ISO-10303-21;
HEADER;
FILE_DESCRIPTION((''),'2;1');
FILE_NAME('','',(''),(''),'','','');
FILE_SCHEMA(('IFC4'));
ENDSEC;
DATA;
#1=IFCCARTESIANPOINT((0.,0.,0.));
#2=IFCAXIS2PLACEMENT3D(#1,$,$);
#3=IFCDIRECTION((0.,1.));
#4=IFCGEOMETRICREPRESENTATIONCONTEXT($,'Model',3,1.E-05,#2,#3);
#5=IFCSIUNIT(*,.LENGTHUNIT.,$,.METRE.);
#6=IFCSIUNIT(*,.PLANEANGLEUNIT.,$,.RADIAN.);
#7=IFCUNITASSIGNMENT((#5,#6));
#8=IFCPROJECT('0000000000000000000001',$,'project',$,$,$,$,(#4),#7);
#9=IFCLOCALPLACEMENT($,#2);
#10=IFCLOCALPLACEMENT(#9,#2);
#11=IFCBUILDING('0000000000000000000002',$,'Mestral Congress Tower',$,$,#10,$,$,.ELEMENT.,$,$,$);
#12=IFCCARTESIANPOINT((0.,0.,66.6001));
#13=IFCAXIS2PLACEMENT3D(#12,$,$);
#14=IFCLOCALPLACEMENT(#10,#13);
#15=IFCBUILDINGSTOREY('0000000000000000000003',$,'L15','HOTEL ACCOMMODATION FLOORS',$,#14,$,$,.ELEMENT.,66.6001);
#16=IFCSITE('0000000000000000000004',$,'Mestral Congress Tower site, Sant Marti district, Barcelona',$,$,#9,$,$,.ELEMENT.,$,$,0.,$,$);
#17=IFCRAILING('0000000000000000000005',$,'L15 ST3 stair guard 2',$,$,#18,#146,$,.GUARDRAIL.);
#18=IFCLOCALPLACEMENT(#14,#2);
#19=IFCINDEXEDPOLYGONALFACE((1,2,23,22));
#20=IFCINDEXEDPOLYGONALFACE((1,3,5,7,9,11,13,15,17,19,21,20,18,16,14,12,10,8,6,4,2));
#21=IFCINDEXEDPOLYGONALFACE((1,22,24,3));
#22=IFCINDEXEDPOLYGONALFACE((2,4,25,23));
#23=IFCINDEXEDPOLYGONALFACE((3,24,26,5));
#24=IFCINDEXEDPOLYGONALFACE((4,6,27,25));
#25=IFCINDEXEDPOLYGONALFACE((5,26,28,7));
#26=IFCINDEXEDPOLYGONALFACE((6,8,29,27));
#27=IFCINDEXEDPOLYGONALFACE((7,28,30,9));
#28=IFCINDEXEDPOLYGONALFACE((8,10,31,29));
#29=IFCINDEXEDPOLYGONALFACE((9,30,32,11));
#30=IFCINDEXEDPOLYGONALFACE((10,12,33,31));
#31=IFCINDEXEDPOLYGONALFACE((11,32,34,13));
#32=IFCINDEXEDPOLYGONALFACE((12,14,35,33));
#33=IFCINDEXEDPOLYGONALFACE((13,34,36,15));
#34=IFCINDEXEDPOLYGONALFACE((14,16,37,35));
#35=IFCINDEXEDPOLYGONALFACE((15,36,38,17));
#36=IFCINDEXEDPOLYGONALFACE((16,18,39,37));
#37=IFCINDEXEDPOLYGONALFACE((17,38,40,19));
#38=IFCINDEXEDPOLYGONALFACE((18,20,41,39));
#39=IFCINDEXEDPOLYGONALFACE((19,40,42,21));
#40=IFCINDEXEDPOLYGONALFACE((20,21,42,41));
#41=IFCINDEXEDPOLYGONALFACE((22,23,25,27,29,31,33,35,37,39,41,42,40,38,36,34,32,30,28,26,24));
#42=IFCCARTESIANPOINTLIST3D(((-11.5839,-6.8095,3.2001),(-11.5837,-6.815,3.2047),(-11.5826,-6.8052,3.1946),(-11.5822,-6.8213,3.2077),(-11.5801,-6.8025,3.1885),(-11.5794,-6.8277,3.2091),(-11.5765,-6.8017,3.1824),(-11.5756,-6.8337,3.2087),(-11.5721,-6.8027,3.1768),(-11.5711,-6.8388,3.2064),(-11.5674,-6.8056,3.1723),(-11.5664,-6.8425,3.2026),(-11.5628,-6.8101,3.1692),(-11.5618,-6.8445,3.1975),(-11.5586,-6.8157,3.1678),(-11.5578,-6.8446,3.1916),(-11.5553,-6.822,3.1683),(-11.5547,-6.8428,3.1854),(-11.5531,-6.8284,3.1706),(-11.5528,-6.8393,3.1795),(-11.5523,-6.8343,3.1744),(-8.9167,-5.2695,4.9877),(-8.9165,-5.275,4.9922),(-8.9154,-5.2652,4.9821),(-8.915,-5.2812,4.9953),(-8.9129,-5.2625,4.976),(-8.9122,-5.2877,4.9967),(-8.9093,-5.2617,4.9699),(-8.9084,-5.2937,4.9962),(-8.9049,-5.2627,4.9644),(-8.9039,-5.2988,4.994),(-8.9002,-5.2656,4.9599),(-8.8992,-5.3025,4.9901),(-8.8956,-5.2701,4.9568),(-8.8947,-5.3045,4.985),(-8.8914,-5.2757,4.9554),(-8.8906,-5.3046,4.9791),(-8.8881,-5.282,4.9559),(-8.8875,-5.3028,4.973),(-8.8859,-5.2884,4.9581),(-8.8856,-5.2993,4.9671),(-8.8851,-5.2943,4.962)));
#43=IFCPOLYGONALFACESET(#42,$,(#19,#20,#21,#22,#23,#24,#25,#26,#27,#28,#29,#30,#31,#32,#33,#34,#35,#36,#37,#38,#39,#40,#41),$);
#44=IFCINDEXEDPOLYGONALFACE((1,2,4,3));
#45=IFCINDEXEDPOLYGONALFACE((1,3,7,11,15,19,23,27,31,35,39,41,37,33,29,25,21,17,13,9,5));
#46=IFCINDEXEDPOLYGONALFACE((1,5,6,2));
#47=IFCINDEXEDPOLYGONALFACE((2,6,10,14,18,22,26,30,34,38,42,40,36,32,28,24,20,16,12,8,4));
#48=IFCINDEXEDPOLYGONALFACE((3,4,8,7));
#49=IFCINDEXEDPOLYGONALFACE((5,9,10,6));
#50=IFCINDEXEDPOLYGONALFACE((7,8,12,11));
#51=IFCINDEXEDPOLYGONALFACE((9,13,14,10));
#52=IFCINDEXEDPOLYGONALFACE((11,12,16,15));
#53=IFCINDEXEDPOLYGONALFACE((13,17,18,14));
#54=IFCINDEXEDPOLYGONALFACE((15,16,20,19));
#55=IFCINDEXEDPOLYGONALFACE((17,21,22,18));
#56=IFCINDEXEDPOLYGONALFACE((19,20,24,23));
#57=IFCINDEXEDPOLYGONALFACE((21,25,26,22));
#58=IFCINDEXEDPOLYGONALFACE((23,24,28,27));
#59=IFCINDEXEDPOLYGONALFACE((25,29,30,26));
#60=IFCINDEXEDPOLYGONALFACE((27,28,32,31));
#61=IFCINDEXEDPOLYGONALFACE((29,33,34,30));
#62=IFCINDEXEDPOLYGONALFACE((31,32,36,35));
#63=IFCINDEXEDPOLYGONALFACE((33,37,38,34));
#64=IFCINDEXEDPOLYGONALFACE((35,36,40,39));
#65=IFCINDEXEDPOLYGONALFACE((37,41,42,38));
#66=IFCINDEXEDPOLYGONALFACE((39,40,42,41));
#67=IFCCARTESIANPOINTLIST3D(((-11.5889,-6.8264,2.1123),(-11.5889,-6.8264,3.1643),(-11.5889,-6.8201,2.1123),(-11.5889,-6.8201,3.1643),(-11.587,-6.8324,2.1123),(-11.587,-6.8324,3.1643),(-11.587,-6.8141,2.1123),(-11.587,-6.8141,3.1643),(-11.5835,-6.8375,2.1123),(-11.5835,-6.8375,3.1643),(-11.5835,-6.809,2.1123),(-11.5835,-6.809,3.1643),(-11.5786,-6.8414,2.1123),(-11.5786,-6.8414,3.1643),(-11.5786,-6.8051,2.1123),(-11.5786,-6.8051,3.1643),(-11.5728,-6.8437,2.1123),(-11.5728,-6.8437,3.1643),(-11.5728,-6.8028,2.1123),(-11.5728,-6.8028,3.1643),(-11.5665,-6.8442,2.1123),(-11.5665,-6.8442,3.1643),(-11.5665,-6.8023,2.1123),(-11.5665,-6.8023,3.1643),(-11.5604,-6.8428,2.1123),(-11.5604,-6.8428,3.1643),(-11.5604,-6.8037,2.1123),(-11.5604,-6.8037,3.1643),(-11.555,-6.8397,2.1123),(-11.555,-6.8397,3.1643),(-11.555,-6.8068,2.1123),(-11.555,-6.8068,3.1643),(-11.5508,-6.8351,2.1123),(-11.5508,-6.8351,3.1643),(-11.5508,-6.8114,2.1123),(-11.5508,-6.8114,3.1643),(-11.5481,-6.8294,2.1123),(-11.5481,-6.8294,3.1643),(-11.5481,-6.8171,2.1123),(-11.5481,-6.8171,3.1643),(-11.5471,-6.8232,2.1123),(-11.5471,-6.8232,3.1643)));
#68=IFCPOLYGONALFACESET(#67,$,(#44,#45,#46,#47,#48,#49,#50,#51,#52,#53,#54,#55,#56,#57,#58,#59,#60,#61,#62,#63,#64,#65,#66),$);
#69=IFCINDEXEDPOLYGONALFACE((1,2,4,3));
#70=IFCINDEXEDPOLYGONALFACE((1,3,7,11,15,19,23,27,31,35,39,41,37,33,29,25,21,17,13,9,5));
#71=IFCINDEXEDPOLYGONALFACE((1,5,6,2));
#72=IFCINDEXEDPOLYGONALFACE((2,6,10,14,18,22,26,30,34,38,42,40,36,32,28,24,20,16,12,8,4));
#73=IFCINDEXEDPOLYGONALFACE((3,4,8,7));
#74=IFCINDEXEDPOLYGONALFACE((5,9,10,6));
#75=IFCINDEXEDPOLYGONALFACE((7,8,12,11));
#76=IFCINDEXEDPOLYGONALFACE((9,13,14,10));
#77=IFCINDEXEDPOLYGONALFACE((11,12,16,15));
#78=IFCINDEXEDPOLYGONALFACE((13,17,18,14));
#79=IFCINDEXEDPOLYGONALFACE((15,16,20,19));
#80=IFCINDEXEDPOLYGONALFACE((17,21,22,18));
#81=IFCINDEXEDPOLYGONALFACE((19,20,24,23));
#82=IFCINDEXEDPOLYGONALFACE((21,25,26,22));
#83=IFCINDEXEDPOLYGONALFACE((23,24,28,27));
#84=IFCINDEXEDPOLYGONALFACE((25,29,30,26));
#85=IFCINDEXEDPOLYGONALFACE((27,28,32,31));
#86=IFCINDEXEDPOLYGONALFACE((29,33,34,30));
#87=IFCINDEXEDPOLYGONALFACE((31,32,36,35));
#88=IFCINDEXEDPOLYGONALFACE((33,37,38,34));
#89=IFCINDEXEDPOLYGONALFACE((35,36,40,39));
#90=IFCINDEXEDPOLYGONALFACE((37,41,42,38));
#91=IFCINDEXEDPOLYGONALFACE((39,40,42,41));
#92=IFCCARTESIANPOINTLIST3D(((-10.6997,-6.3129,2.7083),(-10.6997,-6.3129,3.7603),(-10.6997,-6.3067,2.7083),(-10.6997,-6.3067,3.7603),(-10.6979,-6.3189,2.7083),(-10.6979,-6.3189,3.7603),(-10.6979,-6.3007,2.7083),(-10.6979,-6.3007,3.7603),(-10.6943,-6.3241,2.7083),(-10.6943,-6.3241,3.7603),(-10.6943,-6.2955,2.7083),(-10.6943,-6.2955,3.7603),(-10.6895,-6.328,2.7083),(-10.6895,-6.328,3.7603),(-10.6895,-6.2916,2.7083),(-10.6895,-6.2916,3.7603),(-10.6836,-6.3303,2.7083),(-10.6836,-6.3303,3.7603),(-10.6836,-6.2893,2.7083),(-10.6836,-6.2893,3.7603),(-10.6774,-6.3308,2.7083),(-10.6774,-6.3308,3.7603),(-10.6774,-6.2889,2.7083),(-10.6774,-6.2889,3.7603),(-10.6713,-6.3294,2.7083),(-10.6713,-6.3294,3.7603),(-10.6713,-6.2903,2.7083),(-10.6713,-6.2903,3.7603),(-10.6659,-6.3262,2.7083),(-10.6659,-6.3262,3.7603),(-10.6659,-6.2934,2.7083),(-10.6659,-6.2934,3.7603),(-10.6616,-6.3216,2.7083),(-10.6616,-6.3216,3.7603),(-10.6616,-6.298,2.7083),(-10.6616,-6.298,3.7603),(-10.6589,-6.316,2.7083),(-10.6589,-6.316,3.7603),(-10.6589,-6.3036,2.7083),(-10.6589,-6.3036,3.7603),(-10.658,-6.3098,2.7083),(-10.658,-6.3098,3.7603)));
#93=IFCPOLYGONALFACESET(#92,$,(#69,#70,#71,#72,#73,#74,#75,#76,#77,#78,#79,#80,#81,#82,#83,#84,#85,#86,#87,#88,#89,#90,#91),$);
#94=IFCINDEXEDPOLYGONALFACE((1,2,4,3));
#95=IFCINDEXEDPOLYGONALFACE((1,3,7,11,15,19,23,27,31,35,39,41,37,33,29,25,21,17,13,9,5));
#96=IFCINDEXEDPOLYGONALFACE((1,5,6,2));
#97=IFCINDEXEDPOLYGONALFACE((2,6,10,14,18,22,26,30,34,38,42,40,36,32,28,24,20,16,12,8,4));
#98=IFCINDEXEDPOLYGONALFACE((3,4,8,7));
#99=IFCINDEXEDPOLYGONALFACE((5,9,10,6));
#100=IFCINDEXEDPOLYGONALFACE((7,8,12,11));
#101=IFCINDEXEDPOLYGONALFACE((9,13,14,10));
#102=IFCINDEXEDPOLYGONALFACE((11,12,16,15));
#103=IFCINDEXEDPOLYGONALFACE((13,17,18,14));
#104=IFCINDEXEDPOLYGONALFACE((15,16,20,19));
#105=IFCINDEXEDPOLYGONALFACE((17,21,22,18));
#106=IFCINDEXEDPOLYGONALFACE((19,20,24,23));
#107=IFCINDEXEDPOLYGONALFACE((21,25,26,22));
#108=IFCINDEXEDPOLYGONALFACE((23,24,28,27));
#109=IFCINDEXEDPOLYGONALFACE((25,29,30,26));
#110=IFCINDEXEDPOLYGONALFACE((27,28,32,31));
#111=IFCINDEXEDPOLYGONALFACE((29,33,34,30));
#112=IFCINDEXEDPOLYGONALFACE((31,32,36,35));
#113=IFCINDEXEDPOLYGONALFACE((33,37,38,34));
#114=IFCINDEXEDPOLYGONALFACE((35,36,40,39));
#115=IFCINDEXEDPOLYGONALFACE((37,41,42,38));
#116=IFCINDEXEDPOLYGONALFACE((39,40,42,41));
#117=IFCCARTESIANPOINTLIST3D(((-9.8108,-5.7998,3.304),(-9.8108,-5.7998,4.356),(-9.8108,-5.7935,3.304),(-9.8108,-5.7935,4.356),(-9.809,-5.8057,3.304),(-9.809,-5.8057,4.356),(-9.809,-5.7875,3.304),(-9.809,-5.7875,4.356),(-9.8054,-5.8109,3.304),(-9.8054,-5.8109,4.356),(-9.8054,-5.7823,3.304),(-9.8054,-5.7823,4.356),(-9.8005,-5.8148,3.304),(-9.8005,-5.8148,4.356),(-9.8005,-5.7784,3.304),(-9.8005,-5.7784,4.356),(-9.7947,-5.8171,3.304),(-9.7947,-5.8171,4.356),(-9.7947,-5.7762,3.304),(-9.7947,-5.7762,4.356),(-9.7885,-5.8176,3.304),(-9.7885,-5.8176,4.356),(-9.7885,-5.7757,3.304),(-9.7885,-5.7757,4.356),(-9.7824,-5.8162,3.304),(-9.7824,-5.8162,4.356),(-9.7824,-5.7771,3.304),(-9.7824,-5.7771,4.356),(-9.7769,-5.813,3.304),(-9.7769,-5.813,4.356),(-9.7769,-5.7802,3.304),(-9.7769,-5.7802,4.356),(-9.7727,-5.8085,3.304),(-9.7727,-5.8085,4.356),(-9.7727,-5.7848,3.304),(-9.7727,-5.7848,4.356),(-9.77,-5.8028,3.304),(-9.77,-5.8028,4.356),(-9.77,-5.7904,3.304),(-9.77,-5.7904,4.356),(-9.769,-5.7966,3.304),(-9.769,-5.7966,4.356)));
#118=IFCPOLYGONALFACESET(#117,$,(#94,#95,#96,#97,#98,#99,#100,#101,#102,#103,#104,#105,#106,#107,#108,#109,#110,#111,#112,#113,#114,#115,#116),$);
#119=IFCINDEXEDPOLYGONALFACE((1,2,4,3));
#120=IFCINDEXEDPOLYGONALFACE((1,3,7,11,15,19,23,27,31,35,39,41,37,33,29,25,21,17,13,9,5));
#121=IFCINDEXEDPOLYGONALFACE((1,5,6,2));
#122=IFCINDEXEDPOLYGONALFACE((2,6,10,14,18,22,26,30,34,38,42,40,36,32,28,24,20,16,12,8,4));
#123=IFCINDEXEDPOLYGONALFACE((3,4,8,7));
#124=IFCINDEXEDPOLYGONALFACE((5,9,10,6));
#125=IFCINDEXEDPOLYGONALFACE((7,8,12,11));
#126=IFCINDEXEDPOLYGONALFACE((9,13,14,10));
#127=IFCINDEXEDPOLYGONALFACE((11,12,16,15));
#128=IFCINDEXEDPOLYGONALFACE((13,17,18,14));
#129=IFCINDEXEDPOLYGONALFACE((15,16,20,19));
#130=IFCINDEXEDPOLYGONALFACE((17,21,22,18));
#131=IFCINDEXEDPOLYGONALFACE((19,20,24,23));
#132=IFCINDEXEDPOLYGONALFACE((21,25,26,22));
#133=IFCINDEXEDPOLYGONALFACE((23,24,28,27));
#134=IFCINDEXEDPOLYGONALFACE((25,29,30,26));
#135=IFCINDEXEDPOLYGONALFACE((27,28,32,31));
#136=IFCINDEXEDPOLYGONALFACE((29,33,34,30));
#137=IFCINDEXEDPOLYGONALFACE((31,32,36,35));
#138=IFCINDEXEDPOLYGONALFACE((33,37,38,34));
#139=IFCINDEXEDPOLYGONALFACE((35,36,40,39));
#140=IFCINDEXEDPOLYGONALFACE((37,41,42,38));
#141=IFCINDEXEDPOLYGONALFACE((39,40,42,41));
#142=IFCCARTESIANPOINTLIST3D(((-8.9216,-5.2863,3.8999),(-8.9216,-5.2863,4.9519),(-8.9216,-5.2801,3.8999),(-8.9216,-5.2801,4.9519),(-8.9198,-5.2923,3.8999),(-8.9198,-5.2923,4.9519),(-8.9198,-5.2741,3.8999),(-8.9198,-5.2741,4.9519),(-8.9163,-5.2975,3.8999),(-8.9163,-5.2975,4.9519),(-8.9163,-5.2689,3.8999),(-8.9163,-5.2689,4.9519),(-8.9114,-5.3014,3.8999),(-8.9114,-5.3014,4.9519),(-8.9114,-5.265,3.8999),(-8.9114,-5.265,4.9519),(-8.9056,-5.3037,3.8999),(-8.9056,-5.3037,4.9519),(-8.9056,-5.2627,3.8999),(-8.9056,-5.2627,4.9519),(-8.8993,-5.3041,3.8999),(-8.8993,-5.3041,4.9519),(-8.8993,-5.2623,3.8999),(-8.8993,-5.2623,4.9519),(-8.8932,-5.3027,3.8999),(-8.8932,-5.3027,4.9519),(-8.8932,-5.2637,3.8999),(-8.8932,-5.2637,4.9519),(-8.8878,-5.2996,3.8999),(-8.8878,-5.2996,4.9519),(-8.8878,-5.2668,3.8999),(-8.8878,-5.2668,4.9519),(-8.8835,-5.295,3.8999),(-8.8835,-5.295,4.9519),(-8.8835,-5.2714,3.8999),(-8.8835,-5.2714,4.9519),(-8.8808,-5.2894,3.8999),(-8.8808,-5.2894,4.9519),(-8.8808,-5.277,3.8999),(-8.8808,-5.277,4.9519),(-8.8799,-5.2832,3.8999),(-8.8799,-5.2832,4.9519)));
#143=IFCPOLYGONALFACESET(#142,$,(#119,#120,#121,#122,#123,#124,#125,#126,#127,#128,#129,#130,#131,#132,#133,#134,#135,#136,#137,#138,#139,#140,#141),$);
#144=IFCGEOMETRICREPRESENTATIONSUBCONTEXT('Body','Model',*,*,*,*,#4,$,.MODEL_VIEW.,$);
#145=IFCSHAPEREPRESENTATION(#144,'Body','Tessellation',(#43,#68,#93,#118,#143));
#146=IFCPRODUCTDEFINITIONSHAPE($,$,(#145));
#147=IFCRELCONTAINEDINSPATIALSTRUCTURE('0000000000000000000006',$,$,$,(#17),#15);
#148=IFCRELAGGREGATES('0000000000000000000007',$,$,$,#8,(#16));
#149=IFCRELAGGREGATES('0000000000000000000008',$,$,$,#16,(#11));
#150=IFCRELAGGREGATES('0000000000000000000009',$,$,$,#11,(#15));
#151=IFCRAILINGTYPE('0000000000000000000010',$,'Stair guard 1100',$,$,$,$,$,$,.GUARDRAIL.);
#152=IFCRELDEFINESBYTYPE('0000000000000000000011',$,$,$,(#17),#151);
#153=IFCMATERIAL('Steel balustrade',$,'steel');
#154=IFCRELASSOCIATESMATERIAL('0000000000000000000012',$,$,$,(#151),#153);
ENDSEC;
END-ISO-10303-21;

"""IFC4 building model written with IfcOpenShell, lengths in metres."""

from ifc_helpers import new_model, si_unit, direction, frame, origin, origin_2d, place, context, subcontext, project, spatial, circle, extrude, material, type_object, element, save


model = new_model("IFC4")

# Units and contexts
model_context = context("Model", 3, precision=1e-05, world=origin(), true_north=direction((0.0, 1.0)))
body_context = subcontext(model_context, "Body", "Model", "MODEL_VIEW")
ifc_project = project(units=[si_unit("LENGTHUNIT", "METRE"), si_unit("PLANEANGLEUNIT", "RADIAN")], contexts=[model_context])

# Site, building, storey
site_placement = place(None, origin())
site = spatial("IfcSite", under=ifc_project, at=site_placement, Name="Mestral Congress Tower site, Sant Marti district, Barcelona", CompositionType="ELEMENT", RefElevation=0.0)
building_placement = place(site_placement, origin())
building = spatial("IfcBuilding", under=site, at=building_placement, Name="Mestral Congress Tower", CompositionType="ELEMENT")
storey_placement = place(building_placement, frame((0.0, 0.0, 66.6001)))
storey = spatial("IfcBuildingStorey", under=building, at=storey_placement, Name="L15", Description="HOTEL ACCOMMODATION FLOORS", CompositionType="ELEMENT", Elevation=66.6001)

# Railing
ifc_material_1 = material(Name="Steel balustrade", Category="steel")
railing_type_1 = type_object("IfcRailingType", Name="Stair guard 1100", PredefinedType="GUARDRAIL", material=ifc_material_1)
railing_1_placement = place(storey_placement, frame((-11.5681, -6.8232, 2.1123)))
element("IfcRailing", 1, at=railing_1_placement, inside=storey, type_object=railing_type_1, Name="L15 ST3 stair guard 2", PredefinedType="GUARDRAIL", context=body_context, shape_type="SweptSolid", body=[
    extrude(circle(Radius=0.0239, at=origin_2d()), frame((0.0, 0.0, 1.0762), z_axis=(0.748994, 0.432463, 0.50198), x_axis=(-0.500027, 0.86601, 0.0)), (0.0, 0.0, 1.0), 3.561),
    extrude(circle(Radius=0.021, at=origin_2d()), origin(), (0.0, 0.0, 1.0), 1.052),
    extrude(circle(Radius=0.021, at=origin_2d()), frame((0.8892, 0.5134, 0.5959)), (0.0, 0.0, 1.0), 1.052),
    extrude(circle(Radius=0.021, at=origin_2d()), frame((1.7781, 1.0266, 1.1917)), (0.0, 0.0, 1.0), 1.052),
    extrude(circle(Radius=0.021, at=origin_2d()), frame((2.6672, 1.54, 1.7876)), (0.0, 0.0, 1.0), 1.052),
])

save(model, "model.ifc")
